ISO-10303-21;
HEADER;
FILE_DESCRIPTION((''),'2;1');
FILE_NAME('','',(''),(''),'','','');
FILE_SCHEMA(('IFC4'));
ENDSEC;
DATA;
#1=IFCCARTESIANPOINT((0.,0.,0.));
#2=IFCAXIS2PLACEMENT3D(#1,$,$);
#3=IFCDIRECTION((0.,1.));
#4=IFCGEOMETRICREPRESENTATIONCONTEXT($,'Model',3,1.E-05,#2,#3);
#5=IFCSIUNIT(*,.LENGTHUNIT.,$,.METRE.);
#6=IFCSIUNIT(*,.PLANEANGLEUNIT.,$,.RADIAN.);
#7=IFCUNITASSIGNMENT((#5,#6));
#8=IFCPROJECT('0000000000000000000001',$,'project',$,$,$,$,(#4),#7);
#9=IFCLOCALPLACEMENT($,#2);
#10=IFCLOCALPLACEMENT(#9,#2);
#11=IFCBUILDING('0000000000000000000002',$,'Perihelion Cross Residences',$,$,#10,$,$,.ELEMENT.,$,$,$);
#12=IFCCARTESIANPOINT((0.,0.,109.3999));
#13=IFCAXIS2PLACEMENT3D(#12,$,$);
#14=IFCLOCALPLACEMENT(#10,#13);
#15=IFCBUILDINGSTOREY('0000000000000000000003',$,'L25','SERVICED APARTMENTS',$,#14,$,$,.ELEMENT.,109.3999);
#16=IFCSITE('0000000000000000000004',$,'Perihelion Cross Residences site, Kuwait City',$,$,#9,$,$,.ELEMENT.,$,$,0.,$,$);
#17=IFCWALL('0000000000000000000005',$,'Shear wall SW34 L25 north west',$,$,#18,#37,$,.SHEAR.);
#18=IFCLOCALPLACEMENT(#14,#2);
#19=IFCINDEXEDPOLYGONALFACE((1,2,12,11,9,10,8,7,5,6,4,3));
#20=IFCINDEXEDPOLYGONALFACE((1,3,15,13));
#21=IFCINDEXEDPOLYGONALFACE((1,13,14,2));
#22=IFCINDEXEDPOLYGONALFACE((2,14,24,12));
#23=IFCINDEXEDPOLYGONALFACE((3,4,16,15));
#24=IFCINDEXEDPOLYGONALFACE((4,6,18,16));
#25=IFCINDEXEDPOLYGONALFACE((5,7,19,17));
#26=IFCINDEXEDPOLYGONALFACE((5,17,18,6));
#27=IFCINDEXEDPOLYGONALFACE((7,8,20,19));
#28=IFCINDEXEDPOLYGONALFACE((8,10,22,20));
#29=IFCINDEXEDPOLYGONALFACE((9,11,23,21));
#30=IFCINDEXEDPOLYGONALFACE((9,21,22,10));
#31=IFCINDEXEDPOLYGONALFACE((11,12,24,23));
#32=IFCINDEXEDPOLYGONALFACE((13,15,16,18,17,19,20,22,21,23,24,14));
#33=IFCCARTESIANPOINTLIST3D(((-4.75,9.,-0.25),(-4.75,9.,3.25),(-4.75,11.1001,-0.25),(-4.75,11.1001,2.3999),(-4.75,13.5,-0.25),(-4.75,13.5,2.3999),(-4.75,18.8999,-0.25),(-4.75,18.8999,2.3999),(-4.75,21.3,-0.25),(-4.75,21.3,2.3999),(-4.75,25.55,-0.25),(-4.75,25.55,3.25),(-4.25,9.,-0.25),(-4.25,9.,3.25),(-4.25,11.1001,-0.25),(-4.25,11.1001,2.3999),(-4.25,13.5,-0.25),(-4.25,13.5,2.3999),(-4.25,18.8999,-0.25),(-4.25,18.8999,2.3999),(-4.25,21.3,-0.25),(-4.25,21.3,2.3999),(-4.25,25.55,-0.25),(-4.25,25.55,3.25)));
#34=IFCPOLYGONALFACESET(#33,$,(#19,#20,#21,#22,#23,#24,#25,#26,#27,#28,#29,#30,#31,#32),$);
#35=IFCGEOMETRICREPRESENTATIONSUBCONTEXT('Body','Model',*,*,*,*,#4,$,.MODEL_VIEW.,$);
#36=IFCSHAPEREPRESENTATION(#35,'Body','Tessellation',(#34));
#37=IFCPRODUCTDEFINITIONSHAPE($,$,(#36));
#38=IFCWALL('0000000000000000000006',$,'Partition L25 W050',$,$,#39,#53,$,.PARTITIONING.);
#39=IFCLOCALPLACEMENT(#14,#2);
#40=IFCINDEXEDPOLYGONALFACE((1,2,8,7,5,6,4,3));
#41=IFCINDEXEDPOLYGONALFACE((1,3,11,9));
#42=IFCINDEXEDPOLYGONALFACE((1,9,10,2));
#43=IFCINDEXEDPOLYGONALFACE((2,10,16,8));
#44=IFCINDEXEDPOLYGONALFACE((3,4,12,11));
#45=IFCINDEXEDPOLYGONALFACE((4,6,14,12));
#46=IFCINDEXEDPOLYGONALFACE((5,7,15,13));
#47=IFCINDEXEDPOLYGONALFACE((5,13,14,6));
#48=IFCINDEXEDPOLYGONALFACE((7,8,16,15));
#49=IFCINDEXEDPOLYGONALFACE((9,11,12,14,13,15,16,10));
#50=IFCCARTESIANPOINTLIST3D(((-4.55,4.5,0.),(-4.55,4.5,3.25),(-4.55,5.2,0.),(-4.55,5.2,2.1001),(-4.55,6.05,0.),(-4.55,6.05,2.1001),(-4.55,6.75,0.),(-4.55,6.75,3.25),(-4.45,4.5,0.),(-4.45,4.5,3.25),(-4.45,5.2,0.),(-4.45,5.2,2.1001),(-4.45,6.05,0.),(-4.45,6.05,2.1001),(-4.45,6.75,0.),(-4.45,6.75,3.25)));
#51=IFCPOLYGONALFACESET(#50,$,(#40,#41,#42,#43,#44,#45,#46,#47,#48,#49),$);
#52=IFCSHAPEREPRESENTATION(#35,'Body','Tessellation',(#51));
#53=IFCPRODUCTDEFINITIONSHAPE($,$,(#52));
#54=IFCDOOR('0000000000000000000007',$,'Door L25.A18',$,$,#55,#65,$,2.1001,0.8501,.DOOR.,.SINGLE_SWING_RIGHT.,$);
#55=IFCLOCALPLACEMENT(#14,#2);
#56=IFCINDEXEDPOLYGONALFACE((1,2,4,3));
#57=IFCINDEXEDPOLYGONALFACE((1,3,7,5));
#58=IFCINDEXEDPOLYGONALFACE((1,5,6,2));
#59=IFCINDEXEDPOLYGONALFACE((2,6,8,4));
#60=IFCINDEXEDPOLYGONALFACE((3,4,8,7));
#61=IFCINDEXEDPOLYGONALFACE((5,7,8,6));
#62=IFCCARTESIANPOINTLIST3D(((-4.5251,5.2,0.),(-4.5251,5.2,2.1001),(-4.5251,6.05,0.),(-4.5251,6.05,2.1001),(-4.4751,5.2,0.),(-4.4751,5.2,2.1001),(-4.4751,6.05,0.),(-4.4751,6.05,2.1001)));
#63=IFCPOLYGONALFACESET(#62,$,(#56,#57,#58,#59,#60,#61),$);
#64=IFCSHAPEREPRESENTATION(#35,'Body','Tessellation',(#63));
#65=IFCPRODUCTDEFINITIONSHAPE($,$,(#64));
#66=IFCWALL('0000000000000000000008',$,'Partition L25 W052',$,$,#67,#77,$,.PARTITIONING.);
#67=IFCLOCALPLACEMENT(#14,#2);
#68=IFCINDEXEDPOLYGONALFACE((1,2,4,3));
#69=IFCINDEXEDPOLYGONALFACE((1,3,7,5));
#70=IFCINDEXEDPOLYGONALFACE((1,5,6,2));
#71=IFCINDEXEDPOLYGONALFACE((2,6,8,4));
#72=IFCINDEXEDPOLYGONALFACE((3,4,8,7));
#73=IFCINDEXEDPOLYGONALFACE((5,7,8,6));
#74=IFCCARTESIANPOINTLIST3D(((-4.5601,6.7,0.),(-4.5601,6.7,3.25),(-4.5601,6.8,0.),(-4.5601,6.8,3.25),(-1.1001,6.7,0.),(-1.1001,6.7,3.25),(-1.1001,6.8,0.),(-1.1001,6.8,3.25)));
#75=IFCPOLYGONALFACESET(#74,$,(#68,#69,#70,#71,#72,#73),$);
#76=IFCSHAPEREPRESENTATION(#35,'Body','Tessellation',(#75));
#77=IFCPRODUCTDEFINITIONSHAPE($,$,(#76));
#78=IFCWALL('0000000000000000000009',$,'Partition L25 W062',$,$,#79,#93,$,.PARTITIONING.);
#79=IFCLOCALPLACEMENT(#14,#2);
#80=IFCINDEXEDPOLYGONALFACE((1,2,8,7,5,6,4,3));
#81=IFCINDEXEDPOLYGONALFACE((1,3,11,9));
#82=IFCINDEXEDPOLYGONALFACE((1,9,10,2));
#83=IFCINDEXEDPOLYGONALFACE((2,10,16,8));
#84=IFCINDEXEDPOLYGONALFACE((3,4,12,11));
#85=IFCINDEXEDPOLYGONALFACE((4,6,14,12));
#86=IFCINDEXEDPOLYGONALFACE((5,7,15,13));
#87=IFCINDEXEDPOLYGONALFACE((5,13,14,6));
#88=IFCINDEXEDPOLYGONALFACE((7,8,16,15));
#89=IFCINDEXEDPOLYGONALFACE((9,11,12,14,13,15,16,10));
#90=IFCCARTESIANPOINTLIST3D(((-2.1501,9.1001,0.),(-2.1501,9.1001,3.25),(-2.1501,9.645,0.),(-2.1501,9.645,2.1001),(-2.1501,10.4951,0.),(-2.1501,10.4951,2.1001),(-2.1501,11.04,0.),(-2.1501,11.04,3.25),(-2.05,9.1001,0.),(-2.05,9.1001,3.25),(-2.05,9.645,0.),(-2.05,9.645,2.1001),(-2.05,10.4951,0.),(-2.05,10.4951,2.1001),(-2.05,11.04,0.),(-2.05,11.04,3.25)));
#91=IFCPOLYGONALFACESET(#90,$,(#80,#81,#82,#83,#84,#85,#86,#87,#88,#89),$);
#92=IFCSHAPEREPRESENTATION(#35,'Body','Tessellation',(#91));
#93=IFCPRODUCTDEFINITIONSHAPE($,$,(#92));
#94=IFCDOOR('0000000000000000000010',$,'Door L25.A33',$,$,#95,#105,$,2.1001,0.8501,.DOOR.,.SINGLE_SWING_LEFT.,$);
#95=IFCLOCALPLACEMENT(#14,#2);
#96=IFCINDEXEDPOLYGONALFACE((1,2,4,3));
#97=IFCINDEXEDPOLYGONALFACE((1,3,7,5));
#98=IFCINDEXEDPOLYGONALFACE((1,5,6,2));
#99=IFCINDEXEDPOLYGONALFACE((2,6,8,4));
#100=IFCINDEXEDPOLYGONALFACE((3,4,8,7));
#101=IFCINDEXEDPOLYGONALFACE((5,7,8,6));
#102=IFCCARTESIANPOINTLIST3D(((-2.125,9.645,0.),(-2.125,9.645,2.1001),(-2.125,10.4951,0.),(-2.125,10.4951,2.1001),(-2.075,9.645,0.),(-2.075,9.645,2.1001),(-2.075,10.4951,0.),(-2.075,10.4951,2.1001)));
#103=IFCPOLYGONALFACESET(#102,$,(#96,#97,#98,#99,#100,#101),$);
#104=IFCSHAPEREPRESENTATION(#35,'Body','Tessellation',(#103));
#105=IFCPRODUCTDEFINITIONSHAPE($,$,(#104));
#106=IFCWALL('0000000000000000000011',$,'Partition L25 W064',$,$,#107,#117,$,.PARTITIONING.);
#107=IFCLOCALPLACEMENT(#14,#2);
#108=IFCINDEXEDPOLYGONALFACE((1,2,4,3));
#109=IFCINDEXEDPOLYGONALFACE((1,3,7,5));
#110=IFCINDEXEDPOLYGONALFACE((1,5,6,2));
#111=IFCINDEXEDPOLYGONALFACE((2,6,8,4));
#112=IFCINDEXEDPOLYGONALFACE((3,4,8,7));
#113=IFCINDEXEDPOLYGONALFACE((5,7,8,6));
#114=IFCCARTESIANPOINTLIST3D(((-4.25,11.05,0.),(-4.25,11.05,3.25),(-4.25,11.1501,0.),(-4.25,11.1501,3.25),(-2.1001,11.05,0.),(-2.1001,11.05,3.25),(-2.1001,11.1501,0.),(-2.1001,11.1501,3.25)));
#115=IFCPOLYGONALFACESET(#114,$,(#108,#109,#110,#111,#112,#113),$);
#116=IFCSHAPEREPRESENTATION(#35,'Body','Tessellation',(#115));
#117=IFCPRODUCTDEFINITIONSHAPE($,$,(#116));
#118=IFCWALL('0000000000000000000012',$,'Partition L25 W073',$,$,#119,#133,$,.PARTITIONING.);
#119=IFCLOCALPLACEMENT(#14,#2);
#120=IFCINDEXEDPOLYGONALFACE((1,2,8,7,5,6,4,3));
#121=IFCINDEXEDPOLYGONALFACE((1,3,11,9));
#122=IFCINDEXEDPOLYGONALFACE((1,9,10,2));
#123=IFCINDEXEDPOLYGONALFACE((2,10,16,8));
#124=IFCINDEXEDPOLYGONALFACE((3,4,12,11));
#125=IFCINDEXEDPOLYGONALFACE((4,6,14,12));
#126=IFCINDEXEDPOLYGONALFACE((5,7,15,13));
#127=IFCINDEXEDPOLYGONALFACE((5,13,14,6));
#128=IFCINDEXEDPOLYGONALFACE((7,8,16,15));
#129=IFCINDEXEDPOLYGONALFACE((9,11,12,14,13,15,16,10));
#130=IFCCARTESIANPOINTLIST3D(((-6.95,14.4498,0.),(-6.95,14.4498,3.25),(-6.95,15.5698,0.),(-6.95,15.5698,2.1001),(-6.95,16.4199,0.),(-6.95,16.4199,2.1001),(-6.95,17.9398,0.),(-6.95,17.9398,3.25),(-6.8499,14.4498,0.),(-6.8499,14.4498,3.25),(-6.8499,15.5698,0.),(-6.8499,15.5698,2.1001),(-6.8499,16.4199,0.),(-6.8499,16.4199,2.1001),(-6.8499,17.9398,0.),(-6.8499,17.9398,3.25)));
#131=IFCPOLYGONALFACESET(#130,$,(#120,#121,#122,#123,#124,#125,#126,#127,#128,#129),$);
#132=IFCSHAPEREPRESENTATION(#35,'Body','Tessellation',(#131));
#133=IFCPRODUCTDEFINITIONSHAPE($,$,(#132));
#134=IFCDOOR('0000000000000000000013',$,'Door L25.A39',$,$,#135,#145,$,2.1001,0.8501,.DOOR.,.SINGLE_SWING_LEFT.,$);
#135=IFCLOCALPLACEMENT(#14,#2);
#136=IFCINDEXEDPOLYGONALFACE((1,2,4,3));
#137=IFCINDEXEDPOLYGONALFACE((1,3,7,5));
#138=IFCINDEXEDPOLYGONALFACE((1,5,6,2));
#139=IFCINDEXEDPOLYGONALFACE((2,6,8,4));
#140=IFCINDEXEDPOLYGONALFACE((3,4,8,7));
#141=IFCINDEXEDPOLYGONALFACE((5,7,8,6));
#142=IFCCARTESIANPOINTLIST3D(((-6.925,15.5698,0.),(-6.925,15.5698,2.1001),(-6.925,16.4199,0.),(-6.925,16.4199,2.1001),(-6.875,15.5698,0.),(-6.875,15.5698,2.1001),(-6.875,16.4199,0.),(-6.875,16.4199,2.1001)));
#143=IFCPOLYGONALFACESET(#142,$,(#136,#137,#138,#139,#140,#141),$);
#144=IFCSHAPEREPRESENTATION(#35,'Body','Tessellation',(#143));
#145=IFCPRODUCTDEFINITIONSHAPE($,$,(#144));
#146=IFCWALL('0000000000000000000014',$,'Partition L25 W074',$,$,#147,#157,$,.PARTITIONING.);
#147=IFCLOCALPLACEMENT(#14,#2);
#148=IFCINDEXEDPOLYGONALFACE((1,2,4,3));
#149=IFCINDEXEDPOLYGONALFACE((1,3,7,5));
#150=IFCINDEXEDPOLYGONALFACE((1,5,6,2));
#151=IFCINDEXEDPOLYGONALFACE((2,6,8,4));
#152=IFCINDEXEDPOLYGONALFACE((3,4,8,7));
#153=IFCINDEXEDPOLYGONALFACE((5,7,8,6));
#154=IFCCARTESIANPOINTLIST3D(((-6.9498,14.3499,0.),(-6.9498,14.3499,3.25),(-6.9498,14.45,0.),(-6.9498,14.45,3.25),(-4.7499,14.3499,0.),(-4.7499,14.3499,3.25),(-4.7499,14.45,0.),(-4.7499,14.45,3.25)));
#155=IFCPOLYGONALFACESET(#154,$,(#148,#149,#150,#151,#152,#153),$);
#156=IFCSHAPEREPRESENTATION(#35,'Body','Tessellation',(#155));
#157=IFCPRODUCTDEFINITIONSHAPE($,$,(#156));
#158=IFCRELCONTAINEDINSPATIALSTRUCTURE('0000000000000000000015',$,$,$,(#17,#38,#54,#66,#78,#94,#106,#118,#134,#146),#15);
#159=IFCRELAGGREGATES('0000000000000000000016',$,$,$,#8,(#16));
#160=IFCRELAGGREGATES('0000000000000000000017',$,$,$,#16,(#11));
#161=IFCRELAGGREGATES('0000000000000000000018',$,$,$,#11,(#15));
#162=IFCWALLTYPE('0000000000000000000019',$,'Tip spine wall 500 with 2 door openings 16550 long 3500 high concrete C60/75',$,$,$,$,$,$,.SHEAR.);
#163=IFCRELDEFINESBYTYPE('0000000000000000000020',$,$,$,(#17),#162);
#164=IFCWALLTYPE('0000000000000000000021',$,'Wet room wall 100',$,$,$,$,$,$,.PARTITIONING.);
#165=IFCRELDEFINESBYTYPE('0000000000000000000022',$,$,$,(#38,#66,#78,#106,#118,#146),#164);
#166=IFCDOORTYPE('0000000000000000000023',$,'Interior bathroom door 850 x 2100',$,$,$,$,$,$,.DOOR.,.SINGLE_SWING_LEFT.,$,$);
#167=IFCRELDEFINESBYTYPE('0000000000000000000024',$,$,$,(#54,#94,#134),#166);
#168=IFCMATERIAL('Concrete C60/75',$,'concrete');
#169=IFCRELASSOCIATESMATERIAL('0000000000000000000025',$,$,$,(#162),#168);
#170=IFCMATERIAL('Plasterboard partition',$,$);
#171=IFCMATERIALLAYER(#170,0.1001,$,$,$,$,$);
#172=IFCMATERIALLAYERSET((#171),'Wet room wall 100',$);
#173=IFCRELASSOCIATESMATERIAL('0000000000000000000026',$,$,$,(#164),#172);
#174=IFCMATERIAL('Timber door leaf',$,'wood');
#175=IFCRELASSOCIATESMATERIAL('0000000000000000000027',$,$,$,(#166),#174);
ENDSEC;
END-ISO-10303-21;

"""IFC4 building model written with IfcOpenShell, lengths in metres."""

from ifc_helpers import new_model, si_unit, direction, frame, frame_2d, origin, place, context, subcontext, project, spatial, polyline, rectangle, outline, extrude, material, layer, layer_set, material_profile, profile_set, type_object, element, fill, save


model = new_model("IFC4")

# Units and contexts
model_context = context("Model", 3, precision=1e-05, world=origin(), true_north=direction((0.0, 1.0)))
body_context = subcontext(model_context, "Body", "Model", "MODEL_VIEW")
ifc_project = project(units=[si_unit("LENGTHUNIT", "METRE"), si_unit("PLANEANGLEUNIT", "RADIAN")], contexts=[model_context])

# Site, building, storey
site_placement = place(None, origin())
site = spatial("IfcSite", under=ifc_project, at=site_placement, Name="Perihelion Cross Residences site, Kuwait City", CompositionType="ELEMENT", RefElevation=0.0)
building_placement = place(site_placement, origin())
building = spatial("IfcBuilding", under=site, at=building_placement, Name="Perihelion Cross Residences", CompositionType="ELEMENT")
storey_placement = place(building_placement, frame((0.0, 0.0, 109.3999)))
storey = spatial("IfcBuildingStorey", under=building, at=storey_placement, Name="L25", Description="SERVICED APARTMENTS", CompositionType="ELEMENT", Elevation=109.3999)

# Wall
ifc_material_1 = material(Name="Concrete C60/75", Category="concrete")
ifc_material_profile_1 = material_profile(ifc_material_1, outline(polyline([(0.0, 0.0), (2.1001, 0.0), (2.1001, 2.6499), (4.5, 2.6499), (4.5, 0.0), (9.8999, 0.0), (9.8999, 2.6499), (12.3, 2.6499), (12.3, 0.0), (16.55, 0.0), (16.55, 3.5), (0.0, 3.5), (0.0, 0.0)])), Name="Tip spine wall")
ifc_profile_set_1 = profile_set([ifc_material_profile_1], Name="Concrete C60/75")
wall_type_1 = type_object("IfcWallType", Name="Tip spine wall 500 with 2 door openings 16550 long 3500 high concrete C60/75", PredefinedType="SHEAR", material=ifc_profile_set_1)
wall_1_placement = place(storey_placement, frame((-4.75, 9.0, -0.25), z_axis=(1.0, 0.0, 0.0), x_axis=(0.0, 1.0, 0.0)))
element("IfcWall", 1, at=wall_1_placement, inside=storey, type_object=wall_type_1, Name="Shear wall SW34 L25 north west", PredefinedType="SHEAR", context=body_context, shape_type="SweptSolid", body=[
    extrude(outline(polyline([(0.0, 0.0), (2.1001, 0.0), (2.1001, 2.6499), (4.5, 2.6499), (4.5, 0.0), (9.8999, 0.0), (9.8999, 2.6499), (12.3, 2.6499), (12.3, 0.0), (16.55, 0.0), (16.55, 3.5), (0.0, 3.5), (0.0, 0.0)])), origin(), (0.0, 0.0, 1.0), 0.5),
])

# Wall, opening, door
ifc_material_2 = material(Name="Plasterboard partition")
ifc_layer_1 = layer(ifc_material_2, 0.1001)
ifc_layer_set_1 = layer_set([ifc_layer_1], Name="Wet room wall 100")
wall_type_2 = type_object("IfcWallType", Name="Wet room wall 100", PredefinedType="PARTITIONING", material=ifc_layer_set_1)
wall_2_placement = place(storey_placement, frame((-4.5, 6.75, 0.0), z_axis=(0.0, 0.0, 1.0), x_axis=(0.0, -1.0, 0.0)))
wall_2 = element("IfcWall", 2, at=wall_2_placement, inside=storey, type_object=wall_type_2, Name="Partition L25 W050", PredefinedType="PARTITIONING", context=body_context, shape_type="SweptSolid", body=[
    extrude(rectangle(XDim=2.25, YDim=0.1001, at=frame_2d((1.125, 0.0))), origin(), (0.0, 0.0, 1.0), 3.25),
])
opening_1_placement = place(wall_2_placement, frame((0.7, 0.0, 0.0)))
opening_1 = element("IfcOpeningElement", 3, at=opening_1_placement, cuts=wall_2, PredefinedType="OPENING", context=body_context, shape_type="SweptSolid", body=[
    extrude(rectangle(XDim=0.8501, YDim=2.1001, at=frame_2d((0.425, 1.05))), frame((0.0, 0.0601, 0.0), z_axis=(0.0, -1.0, 0.0), x_axis=(1.0, 0.0, 0.0)), (0.0, 0.0, 1.0), 0.1201),
])
ifc_material_3 = material(Name="Timber door leaf", Category="wood")
door_type_1 = type_object("IfcDoorType", Name="Interior bathroom door 850 x 2100", OperationType="SINGLE_SWING_LEFT", PredefinedType="DOOR", material=ifc_material_3)
door_1_placement = place(opening_1_placement, origin())
door_1 = element("IfcDoor", 4, at=door_1_placement, inside=storey, type_object=door_type_1, Name="Door L25.A18", OperationType="SINGLE_SWING_RIGHT", OverallHeight=2.1001, OverallWidth=0.8501, PredefinedType="DOOR", context=body_context, shape_type="SweptSolid", body=[
    extrude(rectangle(XDim=0.8501, YDim=2.1001, at=frame_2d((0.425, 1.05))), frame((0.0, 0.0249, 0.0), z_axis=(0.0, -1.0, 0.0), x_axis=(1.0, 0.0, 0.0)), (0.0, 0.0, 1.0), 0.05),
])
fill(opening_1, door_1)

# Wall
wall_3_placement = place(storey_placement, frame((-4.5601, 6.75, 0.0), z_axis=(0.0, 0.0, 1.0), x_axis=(1.0, 0.0, 0.0)))
element("IfcWall", 5, at=wall_3_placement, inside=storey, type_object=wall_type_2, Name="Partition L25 W052", PredefinedType="PARTITIONING", context=body_context, shape_type="SweptSolid", body=[
    extrude(rectangle(XDim=3.46, YDim=0.1001, at=frame_2d((1.73, 0.0))), origin(), (0.0, 0.0, 1.0), 3.25),
])

# Wall, opening, door
wall_4_placement = place(storey_placement, frame((-2.1001, 9.1001, 0.0), z_axis=(0.0, 0.0, 1.0), x_axis=(0.0, 1.0, 0.0)))
wall_4 = element("IfcWall", 6, at=wall_4_placement, inside=storey, type_object=wall_type_2, Name="Partition L25 W062", PredefinedType="PARTITIONING", context=body_context, shape_type="SweptSolid", body=[
    extrude(rectangle(XDim=1.9399, YDim=0.1001, at=frame_2d((0.97, 0.0))), origin(), (0.0, 0.0, 1.0), 3.25),
])
opening_2_placement = place(wall_4_placement, frame((0.5449, 0.0, 0.0)))
opening_2 = element("IfcOpeningElement", 7, at=opening_2_placement, cuts=wall_4, PredefinedType="OPENING", context=body_context, shape_type="SweptSolid", body=[
    extrude(rectangle(XDim=0.8501, YDim=2.1001, at=frame_2d((0.425, 1.05))), frame((0.0, 0.0601, 0.0), z_axis=(0.0, -1.0, 0.0), x_axis=(1.0, 0.0, 0.0)), (0.0, 0.0, 1.0), 0.1201),
])
door_2_placement = place(opening_2_placement, origin())
door_2 = element("IfcDoor", 8, at=door_2_placement, inside=storey, type_object=door_type_1, Name="Door L25.A33", OperationType="SINGLE_SWING_LEFT", OverallHeight=2.1001, OverallWidth=0.8501, PredefinedType="DOOR", context=body_context, shape_type="SweptSolid", body=[
    extrude(rectangle(XDim=0.8501, YDim=2.1001, at=frame_2d((0.425, 1.05))), frame((0.0, 0.0249, 0.0), z_axis=(0.0, -1.0, 0.0), x_axis=(1.0, 0.0, 0.0)), (0.0, 0.0, 1.0), 0.05),
])
fill(opening_2, door_2)

# Wall
wall_5_placement = place(storey_placement, frame((-4.25, 11.1001, 0.0), z_axis=(0.0, 0.0, 1.0), x_axis=(1.0, 0.0, 0.0)))
element("IfcWall", 9, at=wall_5_placement, inside=storey, type_object=wall_type_2, Name="Partition L25 W064", PredefinedType="PARTITIONING", context=body_context, shape_type="SweptSolid", body=[
    extrude(rectangle(XDim=2.1499, YDim=0.1001, at=frame_2d((1.075, 0.0))), origin(), (0.0, 0.0, 1.0), 3.25),
])

# Wall, opening, door
wall_6_placement = place(storey_placement, frame((-6.8999, 17.9399, 0.0), z_axis=(0.0, 0.0, 1.0), x_axis=(0.0, -1.0, 0.0)))
wall_6 = element("IfcWall", 10, at=wall_6_placement, inside=storey, type_object=wall_type_2, Name="Partition L25 W073", PredefinedType="PARTITIONING", context=body_context, shape_type="SweptSolid", body=[
    extrude(rectangle(XDim=3.49, YDim=0.1001, at=frame_2d((1.7451, 0.0))), origin(), (0.0, 0.0, 1.0), 3.25),
])
opening_3_placement = place(wall_6_placement, frame((1.52, 0.0, 0.0)))
opening_3 = element("IfcOpeningElement", 11, at=opening_3_placement, cuts=wall_6, PredefinedType="OPENING", context=body_context, shape_type="SweptSolid", body=[
    extrude(rectangle(XDim=0.8501, YDim=2.1001, at=frame_2d((0.425, 1.05))), frame((0.0, 0.0601, 0.0), z_axis=(0.0, -1.0, 0.0), x_axis=(1.0, 0.0, 0.0)), (0.0, 0.0, 1.0), 0.1201),
])
door_3_placement = place(opening_3_placement, origin())
door_3 = element("IfcDoor", 12, at=door_3_placement, inside=storey, type_object=door_type_1, Name="Door L25.A39", OperationType="SINGLE_SWING_LEFT", OverallHeight=2.1001, OverallWidth=0.8501, PredefinedType="DOOR", context=body_context, shape_type="SweptSolid", body=[
    extrude(rectangle(XDim=0.8501, YDim=2.1001, at=frame_2d((0.425, 1.05))), frame((0.0, 0.0249, 0.0), z_axis=(0.0, -1.0, 0.0), x_axis=(1.0, 0.0, 0.0)), (0.0, 0.0, 1.0), 0.05),
])
fill(opening_3, door_3)

# Wall
wall_7_placement = place(storey_placement, frame((-6.95, 14.3999, 0.0), z_axis=(0.0, 0.0, 1.0), x_axis=(1.0, 0.0, 0.0)))
element("IfcWall", 13, at=wall_7_placement, inside=storey, type_object=wall_type_2, Name="Partition L25 W074", PredefinedType="PARTITIONING", context=body_context, shape_type="SweptSolid", body=[
    extrude(rectangle(XDim=2.2, YDim=0.1001, at=frame_2d((1.1001, 0.0))), origin(), (0.0, 0.0, 1.0), 3.25),
])

save(model, "model.ifc")
